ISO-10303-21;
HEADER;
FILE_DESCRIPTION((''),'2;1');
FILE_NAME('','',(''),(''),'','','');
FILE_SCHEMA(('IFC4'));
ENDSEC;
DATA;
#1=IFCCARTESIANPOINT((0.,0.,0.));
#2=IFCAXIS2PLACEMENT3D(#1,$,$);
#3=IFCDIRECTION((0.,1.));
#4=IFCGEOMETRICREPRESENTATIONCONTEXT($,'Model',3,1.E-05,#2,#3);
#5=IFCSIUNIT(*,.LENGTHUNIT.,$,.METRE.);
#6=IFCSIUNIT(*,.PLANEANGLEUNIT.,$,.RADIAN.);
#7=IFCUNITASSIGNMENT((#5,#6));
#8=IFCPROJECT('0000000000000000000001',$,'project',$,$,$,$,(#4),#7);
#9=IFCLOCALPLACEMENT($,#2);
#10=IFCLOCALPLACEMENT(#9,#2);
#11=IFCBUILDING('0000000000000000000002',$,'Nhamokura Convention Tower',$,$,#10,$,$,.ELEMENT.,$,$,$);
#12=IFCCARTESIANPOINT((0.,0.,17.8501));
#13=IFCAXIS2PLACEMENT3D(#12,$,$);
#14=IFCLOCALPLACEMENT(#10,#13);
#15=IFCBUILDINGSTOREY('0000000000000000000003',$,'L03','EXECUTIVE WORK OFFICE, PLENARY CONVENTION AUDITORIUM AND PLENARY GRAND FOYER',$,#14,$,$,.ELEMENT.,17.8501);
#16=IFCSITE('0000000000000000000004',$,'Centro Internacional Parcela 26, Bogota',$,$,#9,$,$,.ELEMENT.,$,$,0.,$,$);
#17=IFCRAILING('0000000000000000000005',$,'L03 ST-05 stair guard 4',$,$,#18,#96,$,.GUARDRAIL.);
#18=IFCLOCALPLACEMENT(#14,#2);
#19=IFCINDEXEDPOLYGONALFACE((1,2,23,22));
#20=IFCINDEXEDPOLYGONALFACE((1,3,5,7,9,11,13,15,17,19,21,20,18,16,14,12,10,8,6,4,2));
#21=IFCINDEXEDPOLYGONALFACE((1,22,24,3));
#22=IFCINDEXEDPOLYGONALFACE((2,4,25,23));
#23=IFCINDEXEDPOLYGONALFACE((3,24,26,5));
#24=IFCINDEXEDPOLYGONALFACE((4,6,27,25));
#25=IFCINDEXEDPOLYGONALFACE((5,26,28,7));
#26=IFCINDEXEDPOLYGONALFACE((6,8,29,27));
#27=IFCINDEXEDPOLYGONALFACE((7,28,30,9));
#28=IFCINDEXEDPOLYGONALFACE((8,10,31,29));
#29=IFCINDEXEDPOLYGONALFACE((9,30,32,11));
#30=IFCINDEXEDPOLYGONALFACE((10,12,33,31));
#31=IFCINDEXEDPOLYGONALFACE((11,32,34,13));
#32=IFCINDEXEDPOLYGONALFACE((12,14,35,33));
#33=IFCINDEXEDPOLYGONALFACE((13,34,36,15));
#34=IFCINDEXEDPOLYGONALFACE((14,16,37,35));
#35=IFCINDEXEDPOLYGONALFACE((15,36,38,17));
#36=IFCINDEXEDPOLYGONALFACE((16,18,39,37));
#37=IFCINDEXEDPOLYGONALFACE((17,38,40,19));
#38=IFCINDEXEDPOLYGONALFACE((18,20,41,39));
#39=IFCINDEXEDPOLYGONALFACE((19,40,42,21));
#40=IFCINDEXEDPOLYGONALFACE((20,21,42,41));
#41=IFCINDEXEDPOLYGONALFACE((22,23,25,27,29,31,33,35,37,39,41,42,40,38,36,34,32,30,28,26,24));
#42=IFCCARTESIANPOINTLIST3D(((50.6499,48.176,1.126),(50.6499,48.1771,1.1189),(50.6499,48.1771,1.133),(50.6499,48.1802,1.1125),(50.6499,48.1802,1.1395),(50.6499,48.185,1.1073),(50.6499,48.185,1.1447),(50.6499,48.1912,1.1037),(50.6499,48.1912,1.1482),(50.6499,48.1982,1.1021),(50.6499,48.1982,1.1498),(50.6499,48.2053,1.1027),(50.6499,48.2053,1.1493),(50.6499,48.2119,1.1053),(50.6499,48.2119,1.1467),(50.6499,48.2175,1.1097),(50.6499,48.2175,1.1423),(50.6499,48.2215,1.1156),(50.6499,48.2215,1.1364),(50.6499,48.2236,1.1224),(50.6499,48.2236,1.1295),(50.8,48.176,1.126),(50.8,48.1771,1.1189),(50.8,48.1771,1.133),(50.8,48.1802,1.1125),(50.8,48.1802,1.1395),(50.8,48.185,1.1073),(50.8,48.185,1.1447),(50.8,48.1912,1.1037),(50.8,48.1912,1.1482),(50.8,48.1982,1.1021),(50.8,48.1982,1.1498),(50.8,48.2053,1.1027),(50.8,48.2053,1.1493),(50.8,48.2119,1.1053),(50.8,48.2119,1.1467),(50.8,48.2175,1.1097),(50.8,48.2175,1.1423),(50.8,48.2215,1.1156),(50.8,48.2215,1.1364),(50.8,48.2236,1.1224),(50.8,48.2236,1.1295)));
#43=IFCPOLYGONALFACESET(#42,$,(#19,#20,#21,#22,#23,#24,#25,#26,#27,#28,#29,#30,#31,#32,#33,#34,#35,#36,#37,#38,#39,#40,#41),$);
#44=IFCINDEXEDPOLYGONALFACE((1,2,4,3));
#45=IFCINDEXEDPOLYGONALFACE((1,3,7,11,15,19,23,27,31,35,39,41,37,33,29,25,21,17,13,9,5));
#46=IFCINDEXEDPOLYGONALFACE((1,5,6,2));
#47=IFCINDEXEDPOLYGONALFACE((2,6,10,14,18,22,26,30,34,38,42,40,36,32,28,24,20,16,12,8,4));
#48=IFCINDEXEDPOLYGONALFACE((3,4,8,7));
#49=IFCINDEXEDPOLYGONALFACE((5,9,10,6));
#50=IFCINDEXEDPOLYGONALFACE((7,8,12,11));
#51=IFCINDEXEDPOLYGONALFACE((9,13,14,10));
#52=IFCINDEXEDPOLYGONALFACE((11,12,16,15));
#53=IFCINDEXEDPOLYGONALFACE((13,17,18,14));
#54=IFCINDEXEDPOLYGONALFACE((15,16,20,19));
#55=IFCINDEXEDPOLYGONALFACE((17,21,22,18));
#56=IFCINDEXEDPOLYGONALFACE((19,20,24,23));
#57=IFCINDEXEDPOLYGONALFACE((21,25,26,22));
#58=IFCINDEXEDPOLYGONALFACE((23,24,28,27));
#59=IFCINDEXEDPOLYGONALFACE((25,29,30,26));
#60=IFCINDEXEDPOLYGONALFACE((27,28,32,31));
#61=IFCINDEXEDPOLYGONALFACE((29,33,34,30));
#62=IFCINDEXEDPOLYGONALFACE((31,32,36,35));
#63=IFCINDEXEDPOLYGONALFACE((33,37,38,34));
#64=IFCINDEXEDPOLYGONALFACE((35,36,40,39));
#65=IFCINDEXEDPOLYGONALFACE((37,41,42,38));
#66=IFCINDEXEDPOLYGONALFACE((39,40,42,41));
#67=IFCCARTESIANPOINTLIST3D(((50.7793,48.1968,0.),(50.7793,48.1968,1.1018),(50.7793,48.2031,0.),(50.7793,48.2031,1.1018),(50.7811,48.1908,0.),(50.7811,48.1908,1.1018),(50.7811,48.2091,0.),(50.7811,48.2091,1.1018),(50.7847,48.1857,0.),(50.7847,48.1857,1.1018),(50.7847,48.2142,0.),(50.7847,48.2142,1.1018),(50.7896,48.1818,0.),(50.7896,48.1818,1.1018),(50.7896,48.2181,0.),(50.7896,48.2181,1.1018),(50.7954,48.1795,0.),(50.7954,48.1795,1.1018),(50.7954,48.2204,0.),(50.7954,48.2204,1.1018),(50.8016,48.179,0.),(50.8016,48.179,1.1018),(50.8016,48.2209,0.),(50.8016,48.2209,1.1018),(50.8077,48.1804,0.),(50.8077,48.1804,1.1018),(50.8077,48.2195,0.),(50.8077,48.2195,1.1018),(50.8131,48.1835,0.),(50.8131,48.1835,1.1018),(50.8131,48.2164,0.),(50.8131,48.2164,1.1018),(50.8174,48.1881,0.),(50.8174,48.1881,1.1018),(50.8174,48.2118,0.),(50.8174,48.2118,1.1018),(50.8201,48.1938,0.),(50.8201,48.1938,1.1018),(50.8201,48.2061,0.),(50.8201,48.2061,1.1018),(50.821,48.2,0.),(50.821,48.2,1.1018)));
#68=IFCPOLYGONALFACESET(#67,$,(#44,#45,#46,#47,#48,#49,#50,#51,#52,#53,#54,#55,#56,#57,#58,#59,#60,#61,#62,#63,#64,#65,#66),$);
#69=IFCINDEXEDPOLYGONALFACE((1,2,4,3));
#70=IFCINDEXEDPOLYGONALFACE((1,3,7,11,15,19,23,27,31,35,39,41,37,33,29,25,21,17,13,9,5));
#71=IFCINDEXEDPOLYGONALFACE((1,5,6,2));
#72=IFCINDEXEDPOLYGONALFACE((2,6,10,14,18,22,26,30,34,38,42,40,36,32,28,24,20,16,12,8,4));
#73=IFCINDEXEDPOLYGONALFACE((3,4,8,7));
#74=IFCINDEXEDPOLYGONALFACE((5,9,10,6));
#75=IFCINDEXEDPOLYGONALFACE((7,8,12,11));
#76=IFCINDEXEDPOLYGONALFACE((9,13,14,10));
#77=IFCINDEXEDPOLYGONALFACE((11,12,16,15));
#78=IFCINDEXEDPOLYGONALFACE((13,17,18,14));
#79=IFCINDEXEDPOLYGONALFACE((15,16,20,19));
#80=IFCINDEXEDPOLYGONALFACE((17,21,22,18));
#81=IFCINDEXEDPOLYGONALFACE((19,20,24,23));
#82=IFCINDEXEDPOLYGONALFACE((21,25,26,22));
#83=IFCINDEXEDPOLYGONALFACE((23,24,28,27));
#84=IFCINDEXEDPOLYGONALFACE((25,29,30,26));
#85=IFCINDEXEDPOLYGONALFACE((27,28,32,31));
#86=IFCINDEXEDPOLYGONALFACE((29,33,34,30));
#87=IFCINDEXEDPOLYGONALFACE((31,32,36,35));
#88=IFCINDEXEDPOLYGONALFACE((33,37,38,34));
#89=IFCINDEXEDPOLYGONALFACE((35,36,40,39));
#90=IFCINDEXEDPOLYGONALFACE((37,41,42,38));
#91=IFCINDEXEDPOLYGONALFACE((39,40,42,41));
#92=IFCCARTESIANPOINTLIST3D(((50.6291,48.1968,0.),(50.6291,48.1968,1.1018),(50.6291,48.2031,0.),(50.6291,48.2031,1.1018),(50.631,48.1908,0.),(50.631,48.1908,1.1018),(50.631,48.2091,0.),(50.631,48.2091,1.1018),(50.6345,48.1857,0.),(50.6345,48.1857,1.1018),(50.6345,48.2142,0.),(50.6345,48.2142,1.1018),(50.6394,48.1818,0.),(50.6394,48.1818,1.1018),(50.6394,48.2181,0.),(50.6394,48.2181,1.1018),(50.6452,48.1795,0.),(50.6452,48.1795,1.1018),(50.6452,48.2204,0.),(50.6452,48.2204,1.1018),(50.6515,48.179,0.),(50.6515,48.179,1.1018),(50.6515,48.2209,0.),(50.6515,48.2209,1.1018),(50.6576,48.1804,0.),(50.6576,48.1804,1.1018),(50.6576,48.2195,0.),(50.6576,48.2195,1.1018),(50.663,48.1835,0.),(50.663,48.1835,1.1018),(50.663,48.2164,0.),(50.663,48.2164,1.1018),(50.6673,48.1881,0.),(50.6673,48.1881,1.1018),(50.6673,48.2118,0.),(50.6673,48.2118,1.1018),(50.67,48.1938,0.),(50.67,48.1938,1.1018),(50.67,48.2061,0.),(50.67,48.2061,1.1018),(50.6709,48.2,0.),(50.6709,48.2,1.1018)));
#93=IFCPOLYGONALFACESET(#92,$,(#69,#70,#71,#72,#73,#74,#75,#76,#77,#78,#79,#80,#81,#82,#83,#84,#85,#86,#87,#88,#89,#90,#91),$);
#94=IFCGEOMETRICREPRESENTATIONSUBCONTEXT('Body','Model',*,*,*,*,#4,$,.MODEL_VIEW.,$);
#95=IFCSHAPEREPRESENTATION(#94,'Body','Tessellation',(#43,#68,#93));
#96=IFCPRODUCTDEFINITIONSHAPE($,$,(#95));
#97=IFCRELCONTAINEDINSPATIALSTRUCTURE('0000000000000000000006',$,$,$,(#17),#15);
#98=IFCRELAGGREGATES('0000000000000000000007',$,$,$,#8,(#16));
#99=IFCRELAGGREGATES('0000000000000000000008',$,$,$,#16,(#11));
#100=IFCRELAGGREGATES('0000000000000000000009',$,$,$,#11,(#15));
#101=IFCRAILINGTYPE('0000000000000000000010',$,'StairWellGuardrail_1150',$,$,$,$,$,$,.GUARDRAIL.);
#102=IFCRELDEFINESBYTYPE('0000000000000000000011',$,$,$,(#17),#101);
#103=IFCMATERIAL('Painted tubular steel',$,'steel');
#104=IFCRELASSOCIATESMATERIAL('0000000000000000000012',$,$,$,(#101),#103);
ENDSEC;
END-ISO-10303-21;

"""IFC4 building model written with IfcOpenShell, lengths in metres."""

from ifc_helpers import new_model, si_unit, direction, frame, origin, origin_2d, place, context, subcontext, project, spatial, circle, extrude, material, type_object, element, save


model = new_model("IFC4")

# Units and contexts
model_context = context("Model", 3, precision=1e-05, world=origin(), true_north=direction((0.0, 1.0)))
body_context = subcontext(model_context, "Body", "Model", "MODEL_VIEW")
ifc_project = project(units=[si_unit("LENGTHUNIT", "METRE"), si_unit("PLANEANGLEUNIT", "RADIAN")], contexts=[model_context])

# Site, building, storey
site_placement = place(None, origin())
site = spatial("IfcSite", under=ifc_project, at=site_placement, Name="Centro Internacional Parcela 26, Bogota", CompositionType="ELEMENT", RefElevation=0.0)
building_placement = place(site_placement, origin())
building = spatial("IfcBuilding", under=site, at=building_placement, Name="Nhamokura Convention Tower", CompositionType="ELEMENT")
storey_placement = place(building_placement, frame((0.0, 0.0, 17.8501)))
storey = spatial("IfcBuildingStorey", under=building, at=storey_placement, Name="L03", Description="EXECUTIVE WORK OFFICE, PLENARY CONVENTION AUDITORIUM AND PLENARY GRAND FOYER", CompositionType="ELEMENT", Elevation=17.8501)

# Railing
ifc_material_1 = material(Name="Painted tubular steel", Category="steel")
railing_type_1 = type_object("IfcRailingType", Name="StairWellGuardrail_1150", PredefinedType="GUARDRAIL", material=ifc_material_1)
railing_1_placement = place(storey_placement, frame((50.8, 48.2, 0.0)))
element("IfcRailing", 1, at=railing_1_placement, inside=storey, type_object=railing_type_1, Name="L03 ST-05 stair guard 4", PredefinedType="GUARDRAIL", context=body_context, shape_type="SweptSolid", body=[
    extrude(circle(Radius=0.0239, at=origin_2d()), frame((0.0, 0.0, 1.126), z_axis=(-1.0, 0.0, 0.0), x_axis=(0.0, -1.0, 0.0)), (0.0, 0.0, 1.0), 0.1501),
    extrude(circle(Radius=0.021, at=origin_2d()), origin(), (0.0, 0.0, 1.0), 1.1018),
    extrude(circle(Radius=0.021, at=origin_2d()), frame((-0.1501, 0.0, 0.0)), (0.0, 0.0, 1.0), 1.1018),
])

save(model, "model.ifc")
